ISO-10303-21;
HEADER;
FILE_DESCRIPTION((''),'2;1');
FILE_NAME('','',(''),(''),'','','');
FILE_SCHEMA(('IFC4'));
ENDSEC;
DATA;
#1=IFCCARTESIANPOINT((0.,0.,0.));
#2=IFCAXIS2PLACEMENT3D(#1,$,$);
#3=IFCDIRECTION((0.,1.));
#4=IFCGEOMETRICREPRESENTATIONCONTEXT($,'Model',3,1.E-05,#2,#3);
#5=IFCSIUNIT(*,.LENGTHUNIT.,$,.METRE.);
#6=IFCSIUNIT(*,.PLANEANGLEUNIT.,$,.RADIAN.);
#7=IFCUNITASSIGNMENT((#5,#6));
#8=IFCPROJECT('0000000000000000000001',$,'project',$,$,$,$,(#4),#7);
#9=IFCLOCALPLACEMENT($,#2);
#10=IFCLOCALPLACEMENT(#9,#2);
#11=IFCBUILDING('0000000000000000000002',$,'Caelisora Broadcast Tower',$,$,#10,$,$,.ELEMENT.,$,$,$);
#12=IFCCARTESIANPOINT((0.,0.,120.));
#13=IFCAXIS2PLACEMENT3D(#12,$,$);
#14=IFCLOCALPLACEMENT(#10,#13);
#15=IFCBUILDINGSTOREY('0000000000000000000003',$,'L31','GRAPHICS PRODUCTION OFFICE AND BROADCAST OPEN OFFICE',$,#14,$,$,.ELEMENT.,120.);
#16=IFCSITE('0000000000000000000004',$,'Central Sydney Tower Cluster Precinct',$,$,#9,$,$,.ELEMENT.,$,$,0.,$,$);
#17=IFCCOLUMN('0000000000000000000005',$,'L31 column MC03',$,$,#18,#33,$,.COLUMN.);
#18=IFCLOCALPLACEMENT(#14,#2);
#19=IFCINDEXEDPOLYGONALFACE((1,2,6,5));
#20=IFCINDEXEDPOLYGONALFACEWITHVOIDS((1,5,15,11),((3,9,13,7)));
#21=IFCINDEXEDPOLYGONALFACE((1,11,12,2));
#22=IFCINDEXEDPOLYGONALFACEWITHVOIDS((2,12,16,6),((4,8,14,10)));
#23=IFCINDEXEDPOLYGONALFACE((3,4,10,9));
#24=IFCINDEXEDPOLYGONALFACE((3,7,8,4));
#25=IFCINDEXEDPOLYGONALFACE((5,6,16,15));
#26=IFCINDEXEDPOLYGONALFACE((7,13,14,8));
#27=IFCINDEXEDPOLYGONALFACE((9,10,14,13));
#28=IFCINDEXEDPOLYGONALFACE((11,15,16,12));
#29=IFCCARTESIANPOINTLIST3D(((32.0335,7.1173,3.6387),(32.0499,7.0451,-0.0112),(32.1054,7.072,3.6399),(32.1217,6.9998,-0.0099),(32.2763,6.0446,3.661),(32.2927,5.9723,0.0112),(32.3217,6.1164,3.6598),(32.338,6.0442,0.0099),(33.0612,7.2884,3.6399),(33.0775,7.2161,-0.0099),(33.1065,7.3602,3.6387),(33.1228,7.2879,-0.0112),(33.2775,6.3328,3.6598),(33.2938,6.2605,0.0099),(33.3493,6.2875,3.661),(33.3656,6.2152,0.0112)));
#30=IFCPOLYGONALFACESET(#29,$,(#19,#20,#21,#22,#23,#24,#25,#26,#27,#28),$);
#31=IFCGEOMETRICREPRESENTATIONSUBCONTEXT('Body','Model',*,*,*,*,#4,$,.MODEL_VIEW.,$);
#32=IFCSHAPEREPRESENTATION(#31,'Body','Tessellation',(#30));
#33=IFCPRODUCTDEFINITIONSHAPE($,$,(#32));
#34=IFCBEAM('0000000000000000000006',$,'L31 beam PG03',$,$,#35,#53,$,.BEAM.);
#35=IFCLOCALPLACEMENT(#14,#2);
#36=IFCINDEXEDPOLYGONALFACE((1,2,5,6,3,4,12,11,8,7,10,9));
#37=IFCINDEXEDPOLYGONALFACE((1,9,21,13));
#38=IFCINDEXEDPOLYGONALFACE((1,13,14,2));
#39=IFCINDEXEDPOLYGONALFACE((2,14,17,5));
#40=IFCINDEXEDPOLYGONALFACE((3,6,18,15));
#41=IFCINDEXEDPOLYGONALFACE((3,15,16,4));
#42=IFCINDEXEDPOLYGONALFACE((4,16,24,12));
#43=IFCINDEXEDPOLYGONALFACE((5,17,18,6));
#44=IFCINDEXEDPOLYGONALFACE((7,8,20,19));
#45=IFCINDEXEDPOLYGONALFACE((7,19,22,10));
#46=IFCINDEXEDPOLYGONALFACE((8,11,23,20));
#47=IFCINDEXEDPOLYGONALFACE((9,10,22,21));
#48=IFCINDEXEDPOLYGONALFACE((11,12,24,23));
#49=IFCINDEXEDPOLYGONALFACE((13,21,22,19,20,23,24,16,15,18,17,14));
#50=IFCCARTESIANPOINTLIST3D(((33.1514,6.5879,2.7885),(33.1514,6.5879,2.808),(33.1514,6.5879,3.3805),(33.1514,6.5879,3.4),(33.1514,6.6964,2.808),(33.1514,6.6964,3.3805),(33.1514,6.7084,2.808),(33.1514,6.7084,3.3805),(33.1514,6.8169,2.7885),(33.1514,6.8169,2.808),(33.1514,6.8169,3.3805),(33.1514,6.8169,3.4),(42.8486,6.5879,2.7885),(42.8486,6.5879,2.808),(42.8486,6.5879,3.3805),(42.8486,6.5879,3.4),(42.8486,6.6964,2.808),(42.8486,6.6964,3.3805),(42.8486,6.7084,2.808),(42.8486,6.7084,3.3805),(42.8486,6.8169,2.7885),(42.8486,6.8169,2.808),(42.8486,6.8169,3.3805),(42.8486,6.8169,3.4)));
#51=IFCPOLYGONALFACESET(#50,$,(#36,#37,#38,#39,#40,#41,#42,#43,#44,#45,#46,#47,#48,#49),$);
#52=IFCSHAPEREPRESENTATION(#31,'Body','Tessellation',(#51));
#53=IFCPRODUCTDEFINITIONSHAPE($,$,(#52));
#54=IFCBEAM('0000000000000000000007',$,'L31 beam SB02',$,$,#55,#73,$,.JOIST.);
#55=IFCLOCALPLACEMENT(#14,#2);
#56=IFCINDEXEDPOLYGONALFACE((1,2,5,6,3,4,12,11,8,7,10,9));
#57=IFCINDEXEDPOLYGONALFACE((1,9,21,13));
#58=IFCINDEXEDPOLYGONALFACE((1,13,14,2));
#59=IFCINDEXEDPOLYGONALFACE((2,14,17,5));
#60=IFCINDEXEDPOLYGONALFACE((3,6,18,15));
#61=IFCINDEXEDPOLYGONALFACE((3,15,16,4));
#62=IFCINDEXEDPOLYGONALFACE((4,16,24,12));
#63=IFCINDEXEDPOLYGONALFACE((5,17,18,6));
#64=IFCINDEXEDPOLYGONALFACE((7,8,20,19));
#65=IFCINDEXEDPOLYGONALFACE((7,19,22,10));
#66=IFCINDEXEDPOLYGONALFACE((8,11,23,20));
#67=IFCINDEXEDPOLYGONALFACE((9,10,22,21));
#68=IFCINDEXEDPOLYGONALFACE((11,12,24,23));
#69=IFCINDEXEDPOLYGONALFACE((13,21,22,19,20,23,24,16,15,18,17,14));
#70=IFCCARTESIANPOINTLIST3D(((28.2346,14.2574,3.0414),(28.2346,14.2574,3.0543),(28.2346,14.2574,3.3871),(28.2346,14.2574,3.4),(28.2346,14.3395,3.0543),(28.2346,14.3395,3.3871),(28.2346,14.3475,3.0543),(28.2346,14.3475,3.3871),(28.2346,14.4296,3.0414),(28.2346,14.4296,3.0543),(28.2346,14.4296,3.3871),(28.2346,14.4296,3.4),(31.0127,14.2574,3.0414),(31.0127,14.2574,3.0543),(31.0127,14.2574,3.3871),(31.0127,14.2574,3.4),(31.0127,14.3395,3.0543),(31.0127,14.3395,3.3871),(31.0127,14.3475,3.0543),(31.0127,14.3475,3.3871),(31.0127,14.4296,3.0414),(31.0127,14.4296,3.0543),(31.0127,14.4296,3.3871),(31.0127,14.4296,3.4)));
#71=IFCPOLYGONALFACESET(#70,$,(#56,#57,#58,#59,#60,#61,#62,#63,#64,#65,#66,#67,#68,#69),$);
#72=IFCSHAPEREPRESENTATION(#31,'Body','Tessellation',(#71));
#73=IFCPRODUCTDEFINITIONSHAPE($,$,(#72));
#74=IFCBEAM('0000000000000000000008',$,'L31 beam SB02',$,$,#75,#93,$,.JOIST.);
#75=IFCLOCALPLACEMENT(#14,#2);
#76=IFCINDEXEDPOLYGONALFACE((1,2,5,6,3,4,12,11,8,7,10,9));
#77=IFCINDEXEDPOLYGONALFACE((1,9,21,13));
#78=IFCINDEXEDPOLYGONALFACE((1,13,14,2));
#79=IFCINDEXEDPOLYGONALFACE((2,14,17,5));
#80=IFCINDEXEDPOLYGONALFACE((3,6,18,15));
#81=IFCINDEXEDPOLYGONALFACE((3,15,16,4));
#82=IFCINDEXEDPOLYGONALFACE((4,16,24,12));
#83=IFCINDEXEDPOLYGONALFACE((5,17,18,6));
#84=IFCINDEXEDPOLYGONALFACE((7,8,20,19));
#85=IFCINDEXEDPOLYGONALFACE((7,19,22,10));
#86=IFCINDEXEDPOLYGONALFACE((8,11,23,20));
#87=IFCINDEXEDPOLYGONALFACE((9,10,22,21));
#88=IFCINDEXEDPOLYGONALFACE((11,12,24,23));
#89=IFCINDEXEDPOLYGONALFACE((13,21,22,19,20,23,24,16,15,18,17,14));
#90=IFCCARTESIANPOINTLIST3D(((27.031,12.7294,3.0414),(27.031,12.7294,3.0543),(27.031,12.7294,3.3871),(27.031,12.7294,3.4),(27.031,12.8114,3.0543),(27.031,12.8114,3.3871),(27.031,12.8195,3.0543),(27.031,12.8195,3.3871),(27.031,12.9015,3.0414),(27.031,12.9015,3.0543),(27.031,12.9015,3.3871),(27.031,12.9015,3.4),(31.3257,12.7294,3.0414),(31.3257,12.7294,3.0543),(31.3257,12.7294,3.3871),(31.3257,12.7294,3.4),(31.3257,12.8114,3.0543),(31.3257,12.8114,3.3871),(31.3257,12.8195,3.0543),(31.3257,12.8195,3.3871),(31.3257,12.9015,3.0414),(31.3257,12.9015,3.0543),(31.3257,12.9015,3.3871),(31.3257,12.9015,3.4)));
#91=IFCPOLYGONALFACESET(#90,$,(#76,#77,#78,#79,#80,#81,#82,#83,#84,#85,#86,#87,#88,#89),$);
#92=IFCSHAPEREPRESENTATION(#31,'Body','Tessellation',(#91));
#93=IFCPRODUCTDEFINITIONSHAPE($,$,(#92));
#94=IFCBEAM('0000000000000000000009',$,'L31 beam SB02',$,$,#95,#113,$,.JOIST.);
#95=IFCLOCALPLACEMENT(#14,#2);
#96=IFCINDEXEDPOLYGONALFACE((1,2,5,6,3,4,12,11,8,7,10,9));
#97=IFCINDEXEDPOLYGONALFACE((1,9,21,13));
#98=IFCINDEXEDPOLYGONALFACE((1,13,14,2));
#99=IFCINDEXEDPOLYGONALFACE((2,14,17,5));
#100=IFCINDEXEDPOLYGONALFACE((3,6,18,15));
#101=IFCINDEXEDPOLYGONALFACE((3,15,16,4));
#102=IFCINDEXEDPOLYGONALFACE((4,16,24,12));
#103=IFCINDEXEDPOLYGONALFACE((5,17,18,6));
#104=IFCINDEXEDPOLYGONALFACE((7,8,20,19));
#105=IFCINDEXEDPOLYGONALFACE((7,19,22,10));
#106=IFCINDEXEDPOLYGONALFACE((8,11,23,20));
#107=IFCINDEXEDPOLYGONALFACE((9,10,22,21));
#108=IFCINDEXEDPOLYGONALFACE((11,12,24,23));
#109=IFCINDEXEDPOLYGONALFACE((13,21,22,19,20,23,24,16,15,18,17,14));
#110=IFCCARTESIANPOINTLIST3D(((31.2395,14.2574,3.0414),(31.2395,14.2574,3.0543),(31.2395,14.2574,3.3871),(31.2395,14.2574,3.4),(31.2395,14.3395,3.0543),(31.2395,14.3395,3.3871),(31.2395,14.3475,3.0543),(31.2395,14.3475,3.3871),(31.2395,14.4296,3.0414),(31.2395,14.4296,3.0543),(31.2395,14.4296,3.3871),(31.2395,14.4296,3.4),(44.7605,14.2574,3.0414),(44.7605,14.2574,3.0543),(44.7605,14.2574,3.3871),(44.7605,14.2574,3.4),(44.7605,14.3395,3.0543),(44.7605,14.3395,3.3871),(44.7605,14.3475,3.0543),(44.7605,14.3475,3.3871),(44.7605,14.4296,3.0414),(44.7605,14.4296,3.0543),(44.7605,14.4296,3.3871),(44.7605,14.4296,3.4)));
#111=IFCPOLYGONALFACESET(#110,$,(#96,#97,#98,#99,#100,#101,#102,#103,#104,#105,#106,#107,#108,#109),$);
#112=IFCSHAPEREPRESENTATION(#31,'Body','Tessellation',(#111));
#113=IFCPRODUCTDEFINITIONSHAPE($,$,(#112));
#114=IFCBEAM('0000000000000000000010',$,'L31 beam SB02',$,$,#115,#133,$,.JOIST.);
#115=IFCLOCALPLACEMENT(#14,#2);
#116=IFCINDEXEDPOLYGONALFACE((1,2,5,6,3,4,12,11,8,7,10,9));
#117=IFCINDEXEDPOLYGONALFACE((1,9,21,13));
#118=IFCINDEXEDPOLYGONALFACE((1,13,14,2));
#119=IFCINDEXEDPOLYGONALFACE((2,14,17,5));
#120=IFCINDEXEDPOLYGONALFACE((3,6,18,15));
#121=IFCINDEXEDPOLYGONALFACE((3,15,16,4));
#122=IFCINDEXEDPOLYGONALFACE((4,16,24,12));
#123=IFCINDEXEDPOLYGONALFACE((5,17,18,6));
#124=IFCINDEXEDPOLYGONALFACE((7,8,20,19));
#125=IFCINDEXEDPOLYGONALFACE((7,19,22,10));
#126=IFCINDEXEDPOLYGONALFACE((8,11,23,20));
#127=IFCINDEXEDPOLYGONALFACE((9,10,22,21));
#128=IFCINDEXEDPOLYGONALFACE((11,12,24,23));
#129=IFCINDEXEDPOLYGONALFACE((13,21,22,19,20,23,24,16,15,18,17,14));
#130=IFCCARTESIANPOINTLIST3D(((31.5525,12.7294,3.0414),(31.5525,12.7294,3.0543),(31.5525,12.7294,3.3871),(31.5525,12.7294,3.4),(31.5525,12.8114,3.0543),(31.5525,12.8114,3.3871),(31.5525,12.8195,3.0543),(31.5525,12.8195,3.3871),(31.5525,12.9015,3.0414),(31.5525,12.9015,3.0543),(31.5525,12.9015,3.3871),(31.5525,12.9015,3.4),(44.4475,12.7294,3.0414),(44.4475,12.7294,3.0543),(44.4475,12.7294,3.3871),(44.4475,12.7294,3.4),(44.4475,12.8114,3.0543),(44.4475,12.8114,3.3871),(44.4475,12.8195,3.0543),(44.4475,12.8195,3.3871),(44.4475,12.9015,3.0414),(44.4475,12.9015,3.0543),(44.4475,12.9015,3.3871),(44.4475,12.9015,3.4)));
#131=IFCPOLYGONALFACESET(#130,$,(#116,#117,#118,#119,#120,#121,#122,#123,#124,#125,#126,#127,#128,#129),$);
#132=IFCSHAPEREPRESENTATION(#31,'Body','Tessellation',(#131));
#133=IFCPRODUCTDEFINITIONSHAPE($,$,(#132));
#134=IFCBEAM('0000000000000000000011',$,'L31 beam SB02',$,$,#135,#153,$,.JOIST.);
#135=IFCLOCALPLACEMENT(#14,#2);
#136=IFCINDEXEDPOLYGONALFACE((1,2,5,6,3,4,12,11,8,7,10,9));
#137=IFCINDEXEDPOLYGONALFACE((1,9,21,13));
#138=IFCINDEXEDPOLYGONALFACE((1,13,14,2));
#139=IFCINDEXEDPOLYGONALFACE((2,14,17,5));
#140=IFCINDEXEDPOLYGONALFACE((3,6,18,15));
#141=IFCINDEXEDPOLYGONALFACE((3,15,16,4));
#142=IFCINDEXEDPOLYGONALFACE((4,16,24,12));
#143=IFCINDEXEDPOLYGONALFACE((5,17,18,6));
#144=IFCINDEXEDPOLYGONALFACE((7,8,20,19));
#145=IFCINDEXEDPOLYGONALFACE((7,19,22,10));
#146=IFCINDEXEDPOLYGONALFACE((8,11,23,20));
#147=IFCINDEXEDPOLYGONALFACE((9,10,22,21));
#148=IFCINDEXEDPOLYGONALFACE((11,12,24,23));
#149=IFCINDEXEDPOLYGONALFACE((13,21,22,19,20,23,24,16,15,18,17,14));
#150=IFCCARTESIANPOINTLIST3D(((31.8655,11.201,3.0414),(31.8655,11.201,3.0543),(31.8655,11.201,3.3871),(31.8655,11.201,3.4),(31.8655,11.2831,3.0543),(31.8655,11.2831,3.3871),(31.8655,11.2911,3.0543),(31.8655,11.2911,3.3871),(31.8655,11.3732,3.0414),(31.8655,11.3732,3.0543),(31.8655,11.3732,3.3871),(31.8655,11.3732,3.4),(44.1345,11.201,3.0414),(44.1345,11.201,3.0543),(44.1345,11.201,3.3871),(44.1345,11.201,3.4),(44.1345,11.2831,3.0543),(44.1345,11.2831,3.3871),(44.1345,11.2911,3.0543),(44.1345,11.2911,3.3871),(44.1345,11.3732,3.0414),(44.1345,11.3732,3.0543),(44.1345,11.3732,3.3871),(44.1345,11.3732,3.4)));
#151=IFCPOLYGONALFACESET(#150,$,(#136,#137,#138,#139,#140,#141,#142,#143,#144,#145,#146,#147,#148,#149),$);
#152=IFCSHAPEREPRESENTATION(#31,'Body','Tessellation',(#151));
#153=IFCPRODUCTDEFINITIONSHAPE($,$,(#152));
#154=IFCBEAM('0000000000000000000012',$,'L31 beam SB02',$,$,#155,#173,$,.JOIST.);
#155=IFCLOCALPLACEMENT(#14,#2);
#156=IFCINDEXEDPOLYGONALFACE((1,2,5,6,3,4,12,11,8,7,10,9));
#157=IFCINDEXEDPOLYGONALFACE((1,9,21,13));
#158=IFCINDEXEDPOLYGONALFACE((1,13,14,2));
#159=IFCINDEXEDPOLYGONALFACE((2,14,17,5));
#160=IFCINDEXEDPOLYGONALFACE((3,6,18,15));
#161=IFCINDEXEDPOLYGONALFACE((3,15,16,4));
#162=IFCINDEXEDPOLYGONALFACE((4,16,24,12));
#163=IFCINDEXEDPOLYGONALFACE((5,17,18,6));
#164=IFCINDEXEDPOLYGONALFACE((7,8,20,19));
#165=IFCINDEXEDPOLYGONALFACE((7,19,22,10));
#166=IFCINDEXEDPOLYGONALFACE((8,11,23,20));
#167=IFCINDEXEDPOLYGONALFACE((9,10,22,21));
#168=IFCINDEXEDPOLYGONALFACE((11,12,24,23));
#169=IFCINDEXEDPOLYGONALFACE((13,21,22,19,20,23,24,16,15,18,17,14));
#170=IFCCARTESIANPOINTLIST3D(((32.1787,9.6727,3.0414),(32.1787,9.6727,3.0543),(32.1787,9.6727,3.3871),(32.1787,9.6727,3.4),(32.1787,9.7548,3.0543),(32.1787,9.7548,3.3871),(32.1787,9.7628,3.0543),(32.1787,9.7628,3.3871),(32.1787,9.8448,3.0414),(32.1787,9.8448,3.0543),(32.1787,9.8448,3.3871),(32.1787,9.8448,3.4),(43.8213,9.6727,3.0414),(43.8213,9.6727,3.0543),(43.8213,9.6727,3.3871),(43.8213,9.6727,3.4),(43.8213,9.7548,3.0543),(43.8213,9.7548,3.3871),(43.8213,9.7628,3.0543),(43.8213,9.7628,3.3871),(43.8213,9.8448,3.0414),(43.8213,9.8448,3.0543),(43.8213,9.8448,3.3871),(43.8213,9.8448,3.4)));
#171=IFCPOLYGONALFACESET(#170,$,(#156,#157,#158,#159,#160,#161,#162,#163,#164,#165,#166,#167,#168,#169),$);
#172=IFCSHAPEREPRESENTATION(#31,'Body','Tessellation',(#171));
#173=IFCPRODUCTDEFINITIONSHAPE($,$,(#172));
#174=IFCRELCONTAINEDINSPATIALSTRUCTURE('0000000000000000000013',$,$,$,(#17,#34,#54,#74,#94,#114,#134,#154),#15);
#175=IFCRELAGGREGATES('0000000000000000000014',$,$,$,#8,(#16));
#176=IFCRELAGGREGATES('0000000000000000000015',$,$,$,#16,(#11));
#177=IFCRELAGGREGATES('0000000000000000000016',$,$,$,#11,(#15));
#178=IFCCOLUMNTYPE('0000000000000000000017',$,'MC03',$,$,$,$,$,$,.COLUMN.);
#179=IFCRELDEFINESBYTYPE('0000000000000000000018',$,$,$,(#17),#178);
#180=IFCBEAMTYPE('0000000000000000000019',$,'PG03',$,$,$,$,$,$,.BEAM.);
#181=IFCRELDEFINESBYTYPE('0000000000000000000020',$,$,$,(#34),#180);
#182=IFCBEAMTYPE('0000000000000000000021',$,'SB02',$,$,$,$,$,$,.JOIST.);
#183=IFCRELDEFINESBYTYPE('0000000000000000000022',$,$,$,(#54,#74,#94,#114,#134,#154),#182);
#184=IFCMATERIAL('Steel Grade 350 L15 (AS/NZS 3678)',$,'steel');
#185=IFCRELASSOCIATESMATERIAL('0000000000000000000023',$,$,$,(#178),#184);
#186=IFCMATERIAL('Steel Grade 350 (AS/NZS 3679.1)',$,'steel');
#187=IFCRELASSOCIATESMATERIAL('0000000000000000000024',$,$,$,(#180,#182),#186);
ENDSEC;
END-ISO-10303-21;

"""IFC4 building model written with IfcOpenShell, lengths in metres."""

from ifc_helpers import new_model, si_unit, direction, frame, origin, origin_2d, place, context, subcontext, project, spatial, hollow_rectangle, i_section, extrude, source, transform, mapped, material, material_profile, profile_set, type_object, type_shapes, element, save


model = new_model("IFC4")

# Units and contexts
model_context = context("Model", 3, precision=1e-05, world=origin(), true_north=direction((0.0, 1.0)))
body_context = subcontext(model_context, "Body", "Model", "MODEL_VIEW")
ifc_project = project(units=[si_unit("LENGTHUNIT", "METRE"), si_unit("PLANEANGLEUNIT", "RADIAN")], contexts=[model_context])

# Site, building, storey
site_placement = place(None, origin())
site = spatial("IfcSite", under=ifc_project, at=site_placement, Name="Central Sydney Tower Cluster Precinct", CompositionType="ELEMENT", RefElevation=0.0)
building_placement = place(site_placement, origin())
building = spatial("IfcBuilding", under=site, at=building_placement, Name="Caelisora Broadcast Tower", CompositionType="ELEMENT")
storey_placement = place(building_placement, frame((0.0, 0.0, 120.0)))
storey = spatial("IfcBuildingStorey", under=building, at=storey_placement, Name="L31", Description="GRAPHICS PRODUCTION OFFICE AND BROADCAST OPEN OFFICE", CompositionType="ELEMENT", Elevation=120.0)

# Column
ifc_material_1 = material(Name="Steel Grade 350 L15 (AS/NZS 3678)", Category="steel")
ifc_material_profile_1 = material_profile(ifc_material_1, hollow_rectangle(XDim=1.1001, YDim=1.1001, WallThickness=0.0601, at=origin_2d()), Name="Steel Grade 350 L15 (AS/NZS 3678)")
ifc_profile_set_1 = profile_set([ifc_material_profile_1], Name="Steel Grade 350 L15 (AS/NZS 3678)")
column_type = type_object("IfcColumnType", Name="MC03", PredefinedType="COLUMN", material=ifc_profile_set_1)
shared_shape_1 = source(origin(), body_context, "Body", "SweptSolid", [
    extrude(hollow_rectangle(XDim=1.1001, YDim=1.1001, WallThickness=0.0601, at=origin_2d()), origin(), (0.0, 0.0, 1.0), 3.6506),
])
type_shapes(column_type, [shared_shape_1])
column_placement = place(storey_placement, frame((32.7078, 6.6301, 0.0), z_axis=(-0.004481, 0.019795, 0.999794), x_axis=(-0.975327, -0.220767, 0.0)))
element("IfcColumn", 1, at=column_placement, inside=storey, type_object=column_type, Name="L31 column MC03", PredefinedType="COLUMN", context=body_context, shape_type="MappedRepresentation", body=[
    mapped(shared_shape_1, transform((0.0, 0.0, 0.0), scale=1.0)),
])

# Beams
ifc_material_2 = material(Name="Steel Grade 350 (AS/NZS 3679.1)", Category="steel")
ifc_material_profile_2 = material_profile(ifc_material_2, i_section(OverallWidth=0.229, OverallDepth=0.6116, WebThickness=0.012, FlangeThickness=0.0195, at=origin_2d()), Name="Steel Grade 350 (AS/NZS 3679.1)")
ifc_profile_set_2 = profile_set([ifc_material_profile_2], Name="Steel Grade 350 (AS/NZS 3679.1)")
beam_type_1 = type_object("IfcBeamType", Name="PG03", PredefinedType="BEAM", material=ifc_profile_set_2)
shared_shape_2 = source(origin(), body_context, "Body", "SweptSolid", [
    extrude(i_section(OverallWidth=0.229, OverallDepth=0.6116, WebThickness=0.012, FlangeThickness=0.0195, at=origin_2d()), origin(), (0.0, 0.0, 1.0), 9.6973),
])
type_shapes(beam_type_1, [shared_shape_2])
beam_1_placement = place(storey_placement, frame((33.1514, 6.7024, 3.0942), z_axis=(1.0, 0.0, 0.0), x_axis=(0.0, 1.0, 0.0)))
element("IfcBeam", 2, at=beam_1_placement, inside=storey, type_object=beam_type_1, Name="L31 beam PG03", PredefinedType="BEAM", context=body_context, shape_type="MappedRepresentation", body=[
    mapped(shared_shape_2, transform((0.0, 0.0, 0.0), scale=1.0)),
])
ifc_material_profile_3 = material_profile(ifc_material_2, i_section(OverallWidth=0.1721, OverallDepth=0.3586, WebThickness=0.0081, FlangeThickness=0.0129, at=origin_2d()), Name="Steel Grade 350 (AS/NZS 3679.1)")
ifc_profile_set_3 = profile_set([ifc_material_profile_3], Name="Steel Grade 350 (AS/NZS 3679.1)")
beam_type_2 = type_object("IfcBeamType", Name="SB02", PredefinedType="JOIST", material=ifc_profile_set_3)
shared_shape_3 = source(origin(), body_context, "Body", "SweptSolid", [
    extrude(i_section(OverallWidth=0.1721, OverallDepth=0.3586, WebThickness=0.0081, FlangeThickness=0.0129, at=origin_2d()), origin(), (0.0, 0.0, 1.0), 2.7781),
])
beam_2_placement = place(storey_placement, frame((28.2346, 14.3435, 3.2207), z_axis=(1.0, 0.0, 0.0), x_axis=(0.0, 1.0, 0.0)))
element("IfcBeam", 3, at=beam_2_placement, inside=storey, type_object=beam_type_2, Name="L31 beam SB02", PredefinedType="JOIST", context=body_context, shape_type="MappedRepresentation", body=[
    mapped(shared_shape_3, transform((0.0, 0.0, 0.0), scale=1.0)),
])
shared_shape_4 = source(origin(), body_context, "Body", "SweptSolid", [
    extrude(i_section(OverallWidth=0.1721, OverallDepth=0.3586, WebThickness=0.0081, FlangeThickness=0.0129, at=origin_2d()), origin(), (0.0, 0.0, 1.0), 4.2947),
])
beam_3_placement = place(storey_placement, frame((27.031, 12.8154, 3.2207), z_axis=(1.0, 0.0, 0.0), x_axis=(0.0, 1.0, 0.0)))
element("IfcBeam", 4, at=beam_3_placement, inside=storey, type_object=beam_type_2, Name="L31 beam SB02", PredefinedType="JOIST", context=body_context, shape_type="MappedRepresentation", body=[
    mapped(shared_shape_4, transform((0.0, 0.0, 0.0), scale=1.0)),
])
shared_shape_5 = source(origin(), body_context, "Body", "SweptSolid", [
    extrude(i_section(OverallWidth=0.1721, OverallDepth=0.3586, WebThickness=0.0081, FlangeThickness=0.0129, at=origin_2d()), origin(), (0.0, 0.0, 1.0), 13.521),
])
beam_4_placement = place(storey_placement, frame((31.2395, 14.3435, 3.2207), z_axis=(1.0, 0.0, 0.0), x_axis=(0.0, 1.0, 0.0)))
element("IfcBeam", 5, at=beam_4_placement, inside=storey, type_object=beam_type_2, Name="L31 beam SB02", PredefinedType="JOIST", context=body_context, shape_type="MappedRepresentation", body=[
    mapped(shared_shape_5, transform((0.0, 0.0, 0.0), scale=1.0)),
])
shared_shape_6 = source(origin(), body_context, "Body", "SweptSolid", [
    extrude(i_section(OverallWidth=0.1721, OverallDepth=0.3586, WebThickness=0.0081, FlangeThickness=0.0129, at=origin_2d()), origin(), (0.0, 0.0, 1.0), 12.895),
])
beam_5_placement = place(storey_placement, frame((31.5525, 12.8154, 3.2207), z_axis=(1.0, 0.0, 0.0), x_axis=(0.0, 1.0, 0.0)))
element("IfcBeam", 6, at=beam_5_placement, inside=storey, type_object=beam_type_2, Name="L31 beam SB02", PredefinedType="JOIST", context=body_context, shape_type="MappedRepresentation", body=[
    mapped(shared_shape_6, transform((0.0, 0.0, 0.0), scale=1.0)),
])
shared_shape_7 = source(origin(), body_context, "Body", "SweptSolid", [
    extrude(i_section(OverallWidth=0.1721, OverallDepth=0.3586, WebThickness=0.0081, FlangeThickness=0.0129, at=origin_2d()), origin(), (0.0, 0.0, 1.0), 12.269),
])
beam_6_placement = place(storey_placement, frame((31.8655, 11.2871, 3.2207), z_axis=(1.0, 0.0, 0.0), x_axis=(0.0, 1.0, 0.0)))
element("IfcBeam", 7, at=beam_6_placement, inside=storey, type_object=beam_type_2, Name="L31 beam SB02", PredefinedType="JOIST", context=body_context, shape_type="MappedRepresentation", body=[
    mapped(shared_shape_7, transform((0.0, 0.0, 0.0), scale=1.0)),
])
shared_shape_8 = source(origin(), body_context, "Body", "SweptSolid", [
    extrude(i_section(OverallWidth=0.1721, OverallDepth=0.3586, WebThickness=0.0081, FlangeThickness=0.0129, at=origin_2d()), origin(), (0.0, 0.0, 1.0), 11.6426),
])
beam_7_placement = place(storey_placement, frame((32.1787, 9.7588, 3.2207), z_axis=(1.0, 0.0, 0.0), x_axis=(0.0, 1.0, 0.0)))
element("IfcBeam", 8, at=beam_7_placement, inside=storey, type_object=beam_type_2, Name="L31 beam SB02", PredefinedType="JOIST", context=body_context, shape_type="MappedRepresentation", body=[
    mapped(shared_shape_8, transform((0.0, 0.0, 0.0), scale=1.0)),
])

save(model, "model.ifc")
